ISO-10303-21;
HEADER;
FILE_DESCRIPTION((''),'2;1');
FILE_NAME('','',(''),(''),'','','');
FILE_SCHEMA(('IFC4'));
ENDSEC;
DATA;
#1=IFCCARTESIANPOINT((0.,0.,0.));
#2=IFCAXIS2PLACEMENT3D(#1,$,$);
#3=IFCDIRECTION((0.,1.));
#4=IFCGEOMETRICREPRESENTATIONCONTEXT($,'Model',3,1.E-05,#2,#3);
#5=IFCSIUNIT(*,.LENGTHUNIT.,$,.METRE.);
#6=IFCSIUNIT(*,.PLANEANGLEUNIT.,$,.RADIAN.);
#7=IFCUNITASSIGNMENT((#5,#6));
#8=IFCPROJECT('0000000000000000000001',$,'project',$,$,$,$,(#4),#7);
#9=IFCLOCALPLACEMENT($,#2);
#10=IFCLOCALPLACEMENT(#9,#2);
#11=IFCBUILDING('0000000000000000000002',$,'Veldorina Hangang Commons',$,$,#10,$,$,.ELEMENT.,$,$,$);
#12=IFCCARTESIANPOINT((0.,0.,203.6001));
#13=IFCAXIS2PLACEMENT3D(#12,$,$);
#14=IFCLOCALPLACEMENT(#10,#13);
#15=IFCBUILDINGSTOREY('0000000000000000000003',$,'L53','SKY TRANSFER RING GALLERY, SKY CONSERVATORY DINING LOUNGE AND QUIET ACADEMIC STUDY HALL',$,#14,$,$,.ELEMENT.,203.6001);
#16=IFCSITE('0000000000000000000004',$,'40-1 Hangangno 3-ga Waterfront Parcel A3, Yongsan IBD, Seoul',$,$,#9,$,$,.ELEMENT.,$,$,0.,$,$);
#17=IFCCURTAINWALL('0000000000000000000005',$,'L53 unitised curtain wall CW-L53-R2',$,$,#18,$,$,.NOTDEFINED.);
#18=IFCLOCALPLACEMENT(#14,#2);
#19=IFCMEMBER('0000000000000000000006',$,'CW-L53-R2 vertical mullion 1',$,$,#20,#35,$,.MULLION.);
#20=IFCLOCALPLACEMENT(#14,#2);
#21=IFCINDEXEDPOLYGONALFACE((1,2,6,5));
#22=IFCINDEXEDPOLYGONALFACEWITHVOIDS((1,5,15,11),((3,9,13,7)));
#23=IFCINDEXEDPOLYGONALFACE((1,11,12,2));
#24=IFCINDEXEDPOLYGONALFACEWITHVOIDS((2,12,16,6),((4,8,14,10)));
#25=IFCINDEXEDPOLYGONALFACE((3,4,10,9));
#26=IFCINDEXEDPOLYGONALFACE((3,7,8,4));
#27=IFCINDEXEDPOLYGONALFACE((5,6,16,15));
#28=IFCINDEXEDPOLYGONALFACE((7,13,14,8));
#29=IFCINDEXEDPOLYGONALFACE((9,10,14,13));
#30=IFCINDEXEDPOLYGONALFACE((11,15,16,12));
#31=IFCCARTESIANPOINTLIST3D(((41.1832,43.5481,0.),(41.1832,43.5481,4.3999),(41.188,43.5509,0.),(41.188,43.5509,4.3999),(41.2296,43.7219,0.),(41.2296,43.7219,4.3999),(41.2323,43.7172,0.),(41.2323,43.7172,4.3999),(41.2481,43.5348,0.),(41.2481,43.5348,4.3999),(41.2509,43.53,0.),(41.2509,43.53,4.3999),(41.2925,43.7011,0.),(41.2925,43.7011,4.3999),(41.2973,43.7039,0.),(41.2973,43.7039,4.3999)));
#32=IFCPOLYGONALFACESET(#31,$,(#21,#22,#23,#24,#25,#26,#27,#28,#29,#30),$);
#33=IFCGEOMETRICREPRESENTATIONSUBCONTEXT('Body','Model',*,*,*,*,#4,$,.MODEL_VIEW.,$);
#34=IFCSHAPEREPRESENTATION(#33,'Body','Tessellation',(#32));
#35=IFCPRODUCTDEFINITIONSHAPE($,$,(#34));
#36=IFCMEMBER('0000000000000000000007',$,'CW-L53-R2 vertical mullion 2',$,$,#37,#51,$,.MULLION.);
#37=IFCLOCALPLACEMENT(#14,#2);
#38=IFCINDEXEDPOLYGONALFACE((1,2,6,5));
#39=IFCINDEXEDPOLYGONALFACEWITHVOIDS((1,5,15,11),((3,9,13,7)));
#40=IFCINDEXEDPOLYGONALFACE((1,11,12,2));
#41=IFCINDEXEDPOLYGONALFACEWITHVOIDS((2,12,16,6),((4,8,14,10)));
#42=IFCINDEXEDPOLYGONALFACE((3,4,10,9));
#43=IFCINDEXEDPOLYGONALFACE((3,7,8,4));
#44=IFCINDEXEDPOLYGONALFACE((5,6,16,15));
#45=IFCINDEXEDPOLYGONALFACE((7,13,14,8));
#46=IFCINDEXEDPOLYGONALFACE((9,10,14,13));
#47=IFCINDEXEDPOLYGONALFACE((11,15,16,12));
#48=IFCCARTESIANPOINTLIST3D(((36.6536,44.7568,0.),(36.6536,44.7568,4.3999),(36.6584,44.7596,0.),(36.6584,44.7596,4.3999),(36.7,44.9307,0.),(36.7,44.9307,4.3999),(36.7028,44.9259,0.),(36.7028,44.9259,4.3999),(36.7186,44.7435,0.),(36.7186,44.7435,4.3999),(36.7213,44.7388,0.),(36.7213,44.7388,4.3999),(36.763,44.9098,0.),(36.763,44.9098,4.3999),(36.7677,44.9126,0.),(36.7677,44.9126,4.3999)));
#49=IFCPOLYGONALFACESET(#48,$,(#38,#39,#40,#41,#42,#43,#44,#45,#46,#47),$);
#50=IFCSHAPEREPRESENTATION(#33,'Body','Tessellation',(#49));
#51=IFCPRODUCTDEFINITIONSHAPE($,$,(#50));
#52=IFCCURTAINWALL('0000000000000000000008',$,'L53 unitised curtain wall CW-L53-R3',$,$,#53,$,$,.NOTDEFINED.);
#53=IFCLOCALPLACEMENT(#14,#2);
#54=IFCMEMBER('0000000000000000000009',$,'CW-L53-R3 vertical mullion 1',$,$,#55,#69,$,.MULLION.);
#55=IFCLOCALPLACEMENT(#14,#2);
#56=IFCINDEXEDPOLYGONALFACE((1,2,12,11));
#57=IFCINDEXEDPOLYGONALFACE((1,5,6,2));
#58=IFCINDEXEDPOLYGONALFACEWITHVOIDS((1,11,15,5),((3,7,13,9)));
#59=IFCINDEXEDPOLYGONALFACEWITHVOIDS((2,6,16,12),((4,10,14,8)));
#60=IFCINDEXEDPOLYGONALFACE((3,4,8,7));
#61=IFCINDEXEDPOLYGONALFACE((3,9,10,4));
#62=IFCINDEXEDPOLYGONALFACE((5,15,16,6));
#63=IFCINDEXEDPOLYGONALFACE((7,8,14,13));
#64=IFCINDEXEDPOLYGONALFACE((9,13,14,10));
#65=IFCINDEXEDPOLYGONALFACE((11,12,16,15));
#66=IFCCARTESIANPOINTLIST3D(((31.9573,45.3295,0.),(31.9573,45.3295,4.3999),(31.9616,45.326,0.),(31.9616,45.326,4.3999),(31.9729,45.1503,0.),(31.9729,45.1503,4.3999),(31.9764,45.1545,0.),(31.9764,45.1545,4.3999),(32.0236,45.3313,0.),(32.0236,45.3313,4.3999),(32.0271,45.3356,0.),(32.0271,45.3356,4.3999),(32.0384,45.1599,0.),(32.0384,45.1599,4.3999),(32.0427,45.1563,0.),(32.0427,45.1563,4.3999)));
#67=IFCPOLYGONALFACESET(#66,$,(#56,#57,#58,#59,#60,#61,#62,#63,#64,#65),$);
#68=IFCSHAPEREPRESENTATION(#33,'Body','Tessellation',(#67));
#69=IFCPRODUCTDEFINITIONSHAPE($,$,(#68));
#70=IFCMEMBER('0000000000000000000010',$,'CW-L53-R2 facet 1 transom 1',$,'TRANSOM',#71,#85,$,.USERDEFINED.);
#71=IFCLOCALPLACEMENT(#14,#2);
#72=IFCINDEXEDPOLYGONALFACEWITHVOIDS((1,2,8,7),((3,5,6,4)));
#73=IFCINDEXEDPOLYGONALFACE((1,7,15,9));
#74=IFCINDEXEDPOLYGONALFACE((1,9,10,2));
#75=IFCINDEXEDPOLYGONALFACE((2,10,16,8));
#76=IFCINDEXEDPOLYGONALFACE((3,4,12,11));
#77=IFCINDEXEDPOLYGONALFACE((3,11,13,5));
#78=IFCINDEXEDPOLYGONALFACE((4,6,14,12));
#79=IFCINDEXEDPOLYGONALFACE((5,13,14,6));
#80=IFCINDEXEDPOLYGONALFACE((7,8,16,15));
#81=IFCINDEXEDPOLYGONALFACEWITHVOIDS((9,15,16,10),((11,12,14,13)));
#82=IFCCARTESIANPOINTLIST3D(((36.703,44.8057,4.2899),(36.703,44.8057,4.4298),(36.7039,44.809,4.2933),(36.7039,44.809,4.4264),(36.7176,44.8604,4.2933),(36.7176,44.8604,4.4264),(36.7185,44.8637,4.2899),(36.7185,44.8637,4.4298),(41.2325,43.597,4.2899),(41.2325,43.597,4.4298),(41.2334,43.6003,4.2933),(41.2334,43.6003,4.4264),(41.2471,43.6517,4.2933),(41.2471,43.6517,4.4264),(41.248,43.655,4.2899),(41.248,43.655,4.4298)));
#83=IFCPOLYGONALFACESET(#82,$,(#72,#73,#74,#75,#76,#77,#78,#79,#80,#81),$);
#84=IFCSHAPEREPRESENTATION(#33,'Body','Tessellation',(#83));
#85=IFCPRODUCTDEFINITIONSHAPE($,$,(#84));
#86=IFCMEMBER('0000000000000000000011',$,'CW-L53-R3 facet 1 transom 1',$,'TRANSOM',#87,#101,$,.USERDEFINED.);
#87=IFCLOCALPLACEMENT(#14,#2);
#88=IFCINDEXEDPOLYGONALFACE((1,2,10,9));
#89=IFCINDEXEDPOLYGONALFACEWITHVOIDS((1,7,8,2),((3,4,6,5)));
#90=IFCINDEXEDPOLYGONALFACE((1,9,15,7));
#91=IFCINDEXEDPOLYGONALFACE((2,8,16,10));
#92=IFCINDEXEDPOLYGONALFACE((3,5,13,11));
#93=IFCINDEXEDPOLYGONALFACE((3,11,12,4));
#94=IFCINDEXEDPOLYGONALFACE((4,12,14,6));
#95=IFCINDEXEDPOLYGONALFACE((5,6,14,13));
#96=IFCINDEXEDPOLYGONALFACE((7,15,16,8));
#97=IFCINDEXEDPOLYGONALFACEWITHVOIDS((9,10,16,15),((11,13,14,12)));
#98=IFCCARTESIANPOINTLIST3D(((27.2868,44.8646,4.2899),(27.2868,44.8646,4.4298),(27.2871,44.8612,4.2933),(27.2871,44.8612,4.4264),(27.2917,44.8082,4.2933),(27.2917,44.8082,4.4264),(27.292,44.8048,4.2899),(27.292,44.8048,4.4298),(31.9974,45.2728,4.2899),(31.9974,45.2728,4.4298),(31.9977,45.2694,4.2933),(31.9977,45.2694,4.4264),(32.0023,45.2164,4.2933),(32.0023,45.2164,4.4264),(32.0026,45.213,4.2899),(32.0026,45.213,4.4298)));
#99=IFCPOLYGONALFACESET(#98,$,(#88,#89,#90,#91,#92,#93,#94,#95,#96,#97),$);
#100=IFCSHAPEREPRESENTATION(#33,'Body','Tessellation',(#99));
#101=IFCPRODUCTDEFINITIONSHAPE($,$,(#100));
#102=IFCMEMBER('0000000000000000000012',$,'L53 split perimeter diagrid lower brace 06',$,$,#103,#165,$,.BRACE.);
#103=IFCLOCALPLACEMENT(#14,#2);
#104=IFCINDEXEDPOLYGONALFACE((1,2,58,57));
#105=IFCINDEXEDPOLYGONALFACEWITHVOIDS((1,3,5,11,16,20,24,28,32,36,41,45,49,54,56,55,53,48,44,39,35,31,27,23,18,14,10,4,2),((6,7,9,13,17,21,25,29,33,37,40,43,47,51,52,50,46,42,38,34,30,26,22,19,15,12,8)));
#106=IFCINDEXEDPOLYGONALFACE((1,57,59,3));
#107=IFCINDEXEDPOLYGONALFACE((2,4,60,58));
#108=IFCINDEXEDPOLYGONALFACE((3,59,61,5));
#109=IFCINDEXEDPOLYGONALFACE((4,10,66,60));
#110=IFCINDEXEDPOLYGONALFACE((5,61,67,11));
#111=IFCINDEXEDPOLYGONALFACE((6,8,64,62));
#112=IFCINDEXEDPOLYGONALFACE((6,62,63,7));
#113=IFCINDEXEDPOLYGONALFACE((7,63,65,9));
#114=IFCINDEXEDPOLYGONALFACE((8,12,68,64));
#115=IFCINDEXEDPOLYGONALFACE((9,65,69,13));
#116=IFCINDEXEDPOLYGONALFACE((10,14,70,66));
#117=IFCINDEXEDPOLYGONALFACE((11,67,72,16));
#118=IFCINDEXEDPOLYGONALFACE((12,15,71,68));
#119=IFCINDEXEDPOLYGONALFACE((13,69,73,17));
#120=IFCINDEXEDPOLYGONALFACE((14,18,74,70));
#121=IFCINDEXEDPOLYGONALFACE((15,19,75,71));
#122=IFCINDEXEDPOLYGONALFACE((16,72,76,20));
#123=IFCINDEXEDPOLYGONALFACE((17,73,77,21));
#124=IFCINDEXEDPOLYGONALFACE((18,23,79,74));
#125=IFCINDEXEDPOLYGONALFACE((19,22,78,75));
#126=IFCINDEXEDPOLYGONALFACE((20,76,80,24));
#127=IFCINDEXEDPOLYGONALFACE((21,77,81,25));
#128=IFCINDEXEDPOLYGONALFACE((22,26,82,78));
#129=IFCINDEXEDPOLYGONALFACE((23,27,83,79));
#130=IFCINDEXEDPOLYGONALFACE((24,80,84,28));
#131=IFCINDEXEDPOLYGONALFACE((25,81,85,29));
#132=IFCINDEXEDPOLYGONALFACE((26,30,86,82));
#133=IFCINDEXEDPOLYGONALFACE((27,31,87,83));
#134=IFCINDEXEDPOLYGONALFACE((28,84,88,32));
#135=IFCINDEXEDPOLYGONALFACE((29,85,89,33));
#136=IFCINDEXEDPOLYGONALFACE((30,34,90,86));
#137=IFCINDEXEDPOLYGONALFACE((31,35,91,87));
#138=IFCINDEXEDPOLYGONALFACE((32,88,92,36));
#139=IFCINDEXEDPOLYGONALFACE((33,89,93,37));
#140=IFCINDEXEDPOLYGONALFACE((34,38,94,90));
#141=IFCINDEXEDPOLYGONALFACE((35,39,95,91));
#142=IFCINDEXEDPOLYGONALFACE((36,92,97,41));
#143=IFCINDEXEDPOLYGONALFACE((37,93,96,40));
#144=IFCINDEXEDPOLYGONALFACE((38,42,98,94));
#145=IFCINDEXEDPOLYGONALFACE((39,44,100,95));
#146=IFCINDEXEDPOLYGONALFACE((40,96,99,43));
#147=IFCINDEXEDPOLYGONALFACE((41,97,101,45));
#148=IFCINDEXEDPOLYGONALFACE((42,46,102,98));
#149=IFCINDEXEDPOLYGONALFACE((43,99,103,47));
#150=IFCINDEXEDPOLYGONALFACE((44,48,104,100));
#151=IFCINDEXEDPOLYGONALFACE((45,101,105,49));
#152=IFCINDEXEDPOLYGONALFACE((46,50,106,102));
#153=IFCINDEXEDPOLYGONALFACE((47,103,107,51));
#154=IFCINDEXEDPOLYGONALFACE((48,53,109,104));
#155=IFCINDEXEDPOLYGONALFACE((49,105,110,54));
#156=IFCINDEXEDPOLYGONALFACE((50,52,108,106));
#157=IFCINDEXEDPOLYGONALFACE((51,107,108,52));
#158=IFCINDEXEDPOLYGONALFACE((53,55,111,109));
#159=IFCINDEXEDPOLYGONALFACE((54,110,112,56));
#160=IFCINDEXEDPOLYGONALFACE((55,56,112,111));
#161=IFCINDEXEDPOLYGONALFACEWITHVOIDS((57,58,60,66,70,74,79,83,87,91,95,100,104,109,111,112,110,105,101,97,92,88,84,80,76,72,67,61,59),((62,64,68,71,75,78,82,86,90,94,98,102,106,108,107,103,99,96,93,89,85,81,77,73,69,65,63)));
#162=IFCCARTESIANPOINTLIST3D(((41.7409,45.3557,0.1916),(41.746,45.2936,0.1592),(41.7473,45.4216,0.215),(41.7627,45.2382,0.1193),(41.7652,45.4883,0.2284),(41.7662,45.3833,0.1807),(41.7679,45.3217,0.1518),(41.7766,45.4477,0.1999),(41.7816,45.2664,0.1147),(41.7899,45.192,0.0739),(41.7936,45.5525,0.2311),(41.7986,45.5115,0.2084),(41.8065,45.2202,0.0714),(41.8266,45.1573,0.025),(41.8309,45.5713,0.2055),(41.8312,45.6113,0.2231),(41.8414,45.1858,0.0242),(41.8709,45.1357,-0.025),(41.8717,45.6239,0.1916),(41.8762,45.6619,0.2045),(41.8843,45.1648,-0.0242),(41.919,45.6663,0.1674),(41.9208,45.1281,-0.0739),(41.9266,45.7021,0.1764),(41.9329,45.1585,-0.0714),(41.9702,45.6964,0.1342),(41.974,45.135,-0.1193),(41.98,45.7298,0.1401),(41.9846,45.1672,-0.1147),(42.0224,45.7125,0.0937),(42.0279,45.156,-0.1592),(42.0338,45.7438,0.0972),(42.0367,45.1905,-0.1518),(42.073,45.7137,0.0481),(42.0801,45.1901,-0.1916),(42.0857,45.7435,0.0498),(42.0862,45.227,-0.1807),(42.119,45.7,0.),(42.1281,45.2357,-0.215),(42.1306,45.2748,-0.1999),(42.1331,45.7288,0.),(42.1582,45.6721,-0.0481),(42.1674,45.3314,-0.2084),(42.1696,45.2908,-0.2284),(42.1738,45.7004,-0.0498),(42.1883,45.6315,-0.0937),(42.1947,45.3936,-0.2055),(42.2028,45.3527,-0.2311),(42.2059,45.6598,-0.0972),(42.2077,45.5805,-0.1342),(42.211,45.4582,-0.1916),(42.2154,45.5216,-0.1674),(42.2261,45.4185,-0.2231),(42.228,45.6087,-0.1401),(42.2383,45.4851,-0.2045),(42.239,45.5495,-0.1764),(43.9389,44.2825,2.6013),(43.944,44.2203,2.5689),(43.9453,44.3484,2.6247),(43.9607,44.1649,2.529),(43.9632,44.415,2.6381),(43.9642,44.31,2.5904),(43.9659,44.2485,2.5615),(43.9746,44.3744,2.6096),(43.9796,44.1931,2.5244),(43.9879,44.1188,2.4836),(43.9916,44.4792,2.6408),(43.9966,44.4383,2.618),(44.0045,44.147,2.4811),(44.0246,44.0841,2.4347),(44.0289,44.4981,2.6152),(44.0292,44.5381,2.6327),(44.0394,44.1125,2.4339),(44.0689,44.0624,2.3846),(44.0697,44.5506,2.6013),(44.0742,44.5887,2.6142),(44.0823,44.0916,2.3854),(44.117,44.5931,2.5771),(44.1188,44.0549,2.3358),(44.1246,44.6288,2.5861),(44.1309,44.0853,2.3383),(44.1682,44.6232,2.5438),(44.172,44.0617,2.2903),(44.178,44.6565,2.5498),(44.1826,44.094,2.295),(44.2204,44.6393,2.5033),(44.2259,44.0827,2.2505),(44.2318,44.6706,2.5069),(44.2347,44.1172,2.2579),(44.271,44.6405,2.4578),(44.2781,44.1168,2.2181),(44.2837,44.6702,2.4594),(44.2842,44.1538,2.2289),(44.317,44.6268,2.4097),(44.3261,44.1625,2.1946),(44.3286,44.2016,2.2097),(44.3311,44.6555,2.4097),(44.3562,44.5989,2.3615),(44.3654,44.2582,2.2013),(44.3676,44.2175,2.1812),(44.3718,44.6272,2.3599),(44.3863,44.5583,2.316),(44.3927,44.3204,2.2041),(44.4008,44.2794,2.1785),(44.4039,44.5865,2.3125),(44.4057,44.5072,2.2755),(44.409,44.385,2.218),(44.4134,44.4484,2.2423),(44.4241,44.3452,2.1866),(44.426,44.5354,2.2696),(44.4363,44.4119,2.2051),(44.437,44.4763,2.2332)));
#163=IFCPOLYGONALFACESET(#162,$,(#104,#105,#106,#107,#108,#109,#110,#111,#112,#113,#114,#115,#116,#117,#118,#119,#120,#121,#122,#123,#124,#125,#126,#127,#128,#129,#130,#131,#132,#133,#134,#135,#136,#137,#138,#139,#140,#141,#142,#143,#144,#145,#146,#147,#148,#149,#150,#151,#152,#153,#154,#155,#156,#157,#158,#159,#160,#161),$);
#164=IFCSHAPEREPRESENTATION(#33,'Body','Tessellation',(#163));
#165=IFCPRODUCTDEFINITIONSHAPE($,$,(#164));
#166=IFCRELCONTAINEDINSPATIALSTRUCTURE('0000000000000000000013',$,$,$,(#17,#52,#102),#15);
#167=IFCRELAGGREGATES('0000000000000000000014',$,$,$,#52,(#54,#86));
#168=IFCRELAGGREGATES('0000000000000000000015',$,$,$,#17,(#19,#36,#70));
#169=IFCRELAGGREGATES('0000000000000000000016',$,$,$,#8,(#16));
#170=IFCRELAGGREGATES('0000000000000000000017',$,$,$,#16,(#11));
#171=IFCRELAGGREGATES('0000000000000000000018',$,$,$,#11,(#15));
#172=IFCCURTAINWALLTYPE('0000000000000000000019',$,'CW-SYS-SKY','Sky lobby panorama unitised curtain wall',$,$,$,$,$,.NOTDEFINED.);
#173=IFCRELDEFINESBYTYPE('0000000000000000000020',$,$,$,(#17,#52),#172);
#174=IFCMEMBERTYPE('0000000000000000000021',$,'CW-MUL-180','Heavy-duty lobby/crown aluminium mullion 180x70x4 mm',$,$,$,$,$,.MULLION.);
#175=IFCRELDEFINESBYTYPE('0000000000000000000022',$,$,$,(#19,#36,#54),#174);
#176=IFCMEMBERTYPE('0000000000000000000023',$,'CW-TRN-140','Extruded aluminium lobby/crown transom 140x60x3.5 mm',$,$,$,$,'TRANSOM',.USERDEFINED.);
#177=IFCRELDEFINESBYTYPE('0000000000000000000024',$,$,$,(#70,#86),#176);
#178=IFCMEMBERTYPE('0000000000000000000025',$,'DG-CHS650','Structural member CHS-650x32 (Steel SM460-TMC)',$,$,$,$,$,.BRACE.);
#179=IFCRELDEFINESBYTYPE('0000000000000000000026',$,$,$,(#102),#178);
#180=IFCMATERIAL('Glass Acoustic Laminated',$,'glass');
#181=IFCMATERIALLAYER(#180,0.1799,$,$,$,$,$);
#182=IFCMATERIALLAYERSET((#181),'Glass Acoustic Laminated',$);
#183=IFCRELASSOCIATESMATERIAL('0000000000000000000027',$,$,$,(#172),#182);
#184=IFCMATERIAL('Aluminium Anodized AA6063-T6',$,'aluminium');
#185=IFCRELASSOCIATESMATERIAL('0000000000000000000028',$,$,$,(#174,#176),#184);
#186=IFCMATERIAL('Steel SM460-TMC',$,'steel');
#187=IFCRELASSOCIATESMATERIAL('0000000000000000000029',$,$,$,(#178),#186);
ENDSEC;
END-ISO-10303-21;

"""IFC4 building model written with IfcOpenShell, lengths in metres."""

from ifc_helpers import new_model, si_unit, direction, frame, origin, origin_2d, place, context, subcontext, project, spatial, hollow_rectangle, hollow_circle, extrude, material, layer, layer_set, material_profile, profile_set, type_object, element, aggregate, save


model = new_model("IFC4")

# Units and contexts
model_context = context("Model", 3, precision=1e-05, world=origin(), true_north=direction((0.0, 1.0)))
body_context = subcontext(model_context, "Body", "Model", "MODEL_VIEW")
ifc_project = project(units=[si_unit("LENGTHUNIT", "METRE"), si_unit("PLANEANGLEUNIT", "RADIAN")], contexts=[model_context])

# Site, building, storey
site_placement = place(None, origin())
site = spatial("IfcSite", under=ifc_project, at=site_placement, Name="40-1 Hangangno 3-ga Waterfront Parcel A3, Yongsan IBD, Seoul", CompositionType="ELEMENT", RefElevation=0.0)
building_placement = place(site_placement, origin())
building = spatial("IfcBuilding", under=site, at=building_placement, Name="Veldorina Hangang Commons", CompositionType="ELEMENT")
storey_placement = place(building_placement, frame((0.0, 0.0, 203.6001)))
storey = spatial("IfcBuildingStorey", under=building, at=storey_placement, Name="L53", Description="SKY TRANSFER RING GALLERY, SKY CONSERVATORY DINING LOUNGE AND QUIET ACADEMIC STUDY HALL", CompositionType="ELEMENT", Elevation=203.6001)

# Curtain wall, members
ifc_material_1 = material(Name="Glass Acoustic Laminated", Category="glass")
ifc_layer_1 = layer(ifc_material_1, 0.1799)
ifc_layer_set_1 = layer_set([ifc_layer_1], Name="Glass Acoustic Laminated")
curtain_wall_type = type_object("IfcCurtainWallType", Name="CW-SYS-SKY", Description="Sky lobby panorama unitised curtain wall", PredefinedType="NOTDEFINED", material=ifc_layer_set_1)
curtain_wall_1_placement = place(storey_placement, origin())
curtain_wall_1 = element("IfcCurtainWall", 1, at=curtain_wall_1_placement, inside=storey, type_object=curtain_wall_type, Name="L53 unitised curtain wall CW-L53-R2", PredefinedType="NOTDEFINED")
ifc_material_2 = material(Name="Aluminium Anodized AA6063-T6", Category="aluminium")
ifc_material_profile_1 = material_profile(ifc_material_2, hollow_rectangle(XDim=0.0701, YDim=0.1799, WallThickness=0.0039, at=origin_2d()), Name="ALU-RHS-180x70x4")
ifc_profile_set_1 = profile_set([ifc_material_profile_1], Name="Aluminium Anodized AA6063-T6")
member_type_1 = type_object("IfcMemberType", Name="CW-MUL-180", Description="Heavy-duty lobby/crown aluminium mullion 180x70x4 mm", PredefinedType="MULLION", material=ifc_profile_set_1)
member_1_placement = place(storey_placement, frame((41.2402, 43.626, 0.0), z_axis=(0.0, 0.0, 1.0), x_axis=(-0.966187, 0.257841, 0.0)))
member_1 = element("IfcMember", 2, at=member_1_placement, type_object=member_type_1, Name="CW-L53-R2 vertical mullion 1", PredefinedType="MULLION", context=body_context, shape_type="SweptSolid", body=[
    extrude(hollow_rectangle(XDim=0.0701, YDim=0.1799, WallThickness=0.0039, at=origin_2d()), origin(), (0.0, 0.0, 1.0), 4.3999),
])
member_2_placement = place(storey_placement, frame((36.7107, 44.8347, 0.0), z_axis=(0.0, 0.0, 1.0), x_axis=(0.966187, -0.257841, 0.0)))
member_2 = element("IfcMember", 3, at=member_2_placement, type_object=member_type_1, Name="CW-L53-R2 vertical mullion 2", PredefinedType="MULLION", context=body_context, shape_type="SweptSolid", body=[
    extrude(hollow_rectangle(XDim=0.0701, YDim=0.1799, WallThickness=0.0039, at=origin_2d()), origin(), (0.0, 0.0, 1.0), 4.3999),
])

# Curtain wall, member
curtain_wall_2_placement = place(storey_placement, origin())
curtain_wall_2 = element("IfcCurtainWall", 4, at=curtain_wall_2_placement, inside=storey, type_object=curtain_wall_type, Name="L53 unitised curtain wall CW-L53-R3", PredefinedType="NOTDEFINED")
member_3_placement = place(storey_placement, frame((32.0, 45.2429, 0.0), z_axis=(0.0, 0.0, 1.0), x_axis=(-0.996266, -0.086339, 0.0)))
member_3 = element("IfcMember", 5, at=member_3_placement, type_object=member_type_1, Name="CW-L53-R3 vertical mullion 1", PredefinedType="MULLION", context=body_context, shape_type="SweptSolid", body=[
    extrude(hollow_rectangle(XDim=0.0701, YDim=0.1799, WallThickness=0.0039, at=origin_2d()), origin(), (0.0, 0.0, 1.0), 4.3999),
])

# Members
ifc_material_profile_2 = material_profile(ifc_material_2, hollow_rectangle(XDim=0.0601, YDim=0.1399, WallThickness=0.0034, at=origin_2d()), Name="ALU-RHS-140x60x3.5")
ifc_profile_set_2 = profile_set([ifc_material_profile_2], Name="Aluminium Anodized AA6063-T6")
member_type_2 = type_object("IfcMemberType", Name="CW-TRN-140", Description="Extruded aluminium lobby/crown transom 140x60x3.5 mm", ElementType="TRANSOM", PredefinedType="USERDEFINED", material=ifc_profile_set_2)
member_4_placement = place(storey_placement, frame((41.2402, 43.626, 4.3599), z_axis=(-0.966189, 0.257834, 0.0), x_axis=(-0.257834, -0.966189, 0.0)))
member_4 = element("IfcMember", 6, at=member_4_placement, type_object=member_type_2, Name="CW-L53-R2 facet 1 transom 1", ObjectType="TRANSOM", PredefinedType="USERDEFINED", context=body_context, shape_type="SweptSolid", body=[
    extrude(hollow_rectangle(XDim=0.0601, YDim=0.1399, WallThickness=0.0034, at=origin_2d()), origin(), (0.0, 0.0, 1.0), 4.688),
])
member_5_placement = place(storey_placement, frame((32.0, 45.2429, 4.3599), z_axis=(-0.996267, -0.086331, 0.0), x_axis=(0.086331, -0.996267, 0.0)))
member_5 = element("IfcMember", 7, at=member_5_placement, type_object=member_type_2, Name="CW-L53-R3 facet 1 transom 1", ObjectType="TRANSOM", PredefinedType="USERDEFINED", context=body_context, shape_type="SweptSolid", body=[
    extrude(hollow_rectangle(XDim=0.0601, YDim=0.1399, WallThickness=0.0034, at=origin_2d()), origin(), (0.0, 0.0, 1.0), 4.7283),
])
aggregate(curtain_wall_2, [member_3, member_5])

# Member
ifc_material_3 = material(Name="Steel SM460-TMC", Category="steel")
ifc_material_profile_3 = material_profile(ifc_material_3, hollow_circle(Radius=0.325, WallThickness=0.032, at=origin_2d()), Name="CHS-650x32")
ifc_profile_set_3 = profile_set([ifc_material_profile_3], Name="Steel SM460-TMC")
member_type_3 = type_object("IfcMemberType", Name="DG-CHS650", Description="Structural member CHS-650x32 (Steel SM460-TMC)", PredefinedType="BRACE", material=ifc_profile_set_3)
member_6_placement = place(storey_placement, frame((41.9905, 45.4368, 0.0), z_axis=(0.640146, -0.312571, 0.701792), x_axis=(0.43877, 0.8986, 0.0)))
element("IfcMember", 8, at=member_6_placement, inside=storey, type_object=member_type_3, Name="L53 split perimeter diagrid lower brace 06", PredefinedType="BRACE", context=body_context, shape_type="SweptSolid", body=[
    extrude(hollow_circle(Radius=0.325, WallThickness=0.032, at=origin_2d()), origin(), (0.0, 0.0, 1.0), 3.4336),
])

aggregate(curtain_wall_1, [member_1, member_2, member_4])

save(model, "model.ifc")
